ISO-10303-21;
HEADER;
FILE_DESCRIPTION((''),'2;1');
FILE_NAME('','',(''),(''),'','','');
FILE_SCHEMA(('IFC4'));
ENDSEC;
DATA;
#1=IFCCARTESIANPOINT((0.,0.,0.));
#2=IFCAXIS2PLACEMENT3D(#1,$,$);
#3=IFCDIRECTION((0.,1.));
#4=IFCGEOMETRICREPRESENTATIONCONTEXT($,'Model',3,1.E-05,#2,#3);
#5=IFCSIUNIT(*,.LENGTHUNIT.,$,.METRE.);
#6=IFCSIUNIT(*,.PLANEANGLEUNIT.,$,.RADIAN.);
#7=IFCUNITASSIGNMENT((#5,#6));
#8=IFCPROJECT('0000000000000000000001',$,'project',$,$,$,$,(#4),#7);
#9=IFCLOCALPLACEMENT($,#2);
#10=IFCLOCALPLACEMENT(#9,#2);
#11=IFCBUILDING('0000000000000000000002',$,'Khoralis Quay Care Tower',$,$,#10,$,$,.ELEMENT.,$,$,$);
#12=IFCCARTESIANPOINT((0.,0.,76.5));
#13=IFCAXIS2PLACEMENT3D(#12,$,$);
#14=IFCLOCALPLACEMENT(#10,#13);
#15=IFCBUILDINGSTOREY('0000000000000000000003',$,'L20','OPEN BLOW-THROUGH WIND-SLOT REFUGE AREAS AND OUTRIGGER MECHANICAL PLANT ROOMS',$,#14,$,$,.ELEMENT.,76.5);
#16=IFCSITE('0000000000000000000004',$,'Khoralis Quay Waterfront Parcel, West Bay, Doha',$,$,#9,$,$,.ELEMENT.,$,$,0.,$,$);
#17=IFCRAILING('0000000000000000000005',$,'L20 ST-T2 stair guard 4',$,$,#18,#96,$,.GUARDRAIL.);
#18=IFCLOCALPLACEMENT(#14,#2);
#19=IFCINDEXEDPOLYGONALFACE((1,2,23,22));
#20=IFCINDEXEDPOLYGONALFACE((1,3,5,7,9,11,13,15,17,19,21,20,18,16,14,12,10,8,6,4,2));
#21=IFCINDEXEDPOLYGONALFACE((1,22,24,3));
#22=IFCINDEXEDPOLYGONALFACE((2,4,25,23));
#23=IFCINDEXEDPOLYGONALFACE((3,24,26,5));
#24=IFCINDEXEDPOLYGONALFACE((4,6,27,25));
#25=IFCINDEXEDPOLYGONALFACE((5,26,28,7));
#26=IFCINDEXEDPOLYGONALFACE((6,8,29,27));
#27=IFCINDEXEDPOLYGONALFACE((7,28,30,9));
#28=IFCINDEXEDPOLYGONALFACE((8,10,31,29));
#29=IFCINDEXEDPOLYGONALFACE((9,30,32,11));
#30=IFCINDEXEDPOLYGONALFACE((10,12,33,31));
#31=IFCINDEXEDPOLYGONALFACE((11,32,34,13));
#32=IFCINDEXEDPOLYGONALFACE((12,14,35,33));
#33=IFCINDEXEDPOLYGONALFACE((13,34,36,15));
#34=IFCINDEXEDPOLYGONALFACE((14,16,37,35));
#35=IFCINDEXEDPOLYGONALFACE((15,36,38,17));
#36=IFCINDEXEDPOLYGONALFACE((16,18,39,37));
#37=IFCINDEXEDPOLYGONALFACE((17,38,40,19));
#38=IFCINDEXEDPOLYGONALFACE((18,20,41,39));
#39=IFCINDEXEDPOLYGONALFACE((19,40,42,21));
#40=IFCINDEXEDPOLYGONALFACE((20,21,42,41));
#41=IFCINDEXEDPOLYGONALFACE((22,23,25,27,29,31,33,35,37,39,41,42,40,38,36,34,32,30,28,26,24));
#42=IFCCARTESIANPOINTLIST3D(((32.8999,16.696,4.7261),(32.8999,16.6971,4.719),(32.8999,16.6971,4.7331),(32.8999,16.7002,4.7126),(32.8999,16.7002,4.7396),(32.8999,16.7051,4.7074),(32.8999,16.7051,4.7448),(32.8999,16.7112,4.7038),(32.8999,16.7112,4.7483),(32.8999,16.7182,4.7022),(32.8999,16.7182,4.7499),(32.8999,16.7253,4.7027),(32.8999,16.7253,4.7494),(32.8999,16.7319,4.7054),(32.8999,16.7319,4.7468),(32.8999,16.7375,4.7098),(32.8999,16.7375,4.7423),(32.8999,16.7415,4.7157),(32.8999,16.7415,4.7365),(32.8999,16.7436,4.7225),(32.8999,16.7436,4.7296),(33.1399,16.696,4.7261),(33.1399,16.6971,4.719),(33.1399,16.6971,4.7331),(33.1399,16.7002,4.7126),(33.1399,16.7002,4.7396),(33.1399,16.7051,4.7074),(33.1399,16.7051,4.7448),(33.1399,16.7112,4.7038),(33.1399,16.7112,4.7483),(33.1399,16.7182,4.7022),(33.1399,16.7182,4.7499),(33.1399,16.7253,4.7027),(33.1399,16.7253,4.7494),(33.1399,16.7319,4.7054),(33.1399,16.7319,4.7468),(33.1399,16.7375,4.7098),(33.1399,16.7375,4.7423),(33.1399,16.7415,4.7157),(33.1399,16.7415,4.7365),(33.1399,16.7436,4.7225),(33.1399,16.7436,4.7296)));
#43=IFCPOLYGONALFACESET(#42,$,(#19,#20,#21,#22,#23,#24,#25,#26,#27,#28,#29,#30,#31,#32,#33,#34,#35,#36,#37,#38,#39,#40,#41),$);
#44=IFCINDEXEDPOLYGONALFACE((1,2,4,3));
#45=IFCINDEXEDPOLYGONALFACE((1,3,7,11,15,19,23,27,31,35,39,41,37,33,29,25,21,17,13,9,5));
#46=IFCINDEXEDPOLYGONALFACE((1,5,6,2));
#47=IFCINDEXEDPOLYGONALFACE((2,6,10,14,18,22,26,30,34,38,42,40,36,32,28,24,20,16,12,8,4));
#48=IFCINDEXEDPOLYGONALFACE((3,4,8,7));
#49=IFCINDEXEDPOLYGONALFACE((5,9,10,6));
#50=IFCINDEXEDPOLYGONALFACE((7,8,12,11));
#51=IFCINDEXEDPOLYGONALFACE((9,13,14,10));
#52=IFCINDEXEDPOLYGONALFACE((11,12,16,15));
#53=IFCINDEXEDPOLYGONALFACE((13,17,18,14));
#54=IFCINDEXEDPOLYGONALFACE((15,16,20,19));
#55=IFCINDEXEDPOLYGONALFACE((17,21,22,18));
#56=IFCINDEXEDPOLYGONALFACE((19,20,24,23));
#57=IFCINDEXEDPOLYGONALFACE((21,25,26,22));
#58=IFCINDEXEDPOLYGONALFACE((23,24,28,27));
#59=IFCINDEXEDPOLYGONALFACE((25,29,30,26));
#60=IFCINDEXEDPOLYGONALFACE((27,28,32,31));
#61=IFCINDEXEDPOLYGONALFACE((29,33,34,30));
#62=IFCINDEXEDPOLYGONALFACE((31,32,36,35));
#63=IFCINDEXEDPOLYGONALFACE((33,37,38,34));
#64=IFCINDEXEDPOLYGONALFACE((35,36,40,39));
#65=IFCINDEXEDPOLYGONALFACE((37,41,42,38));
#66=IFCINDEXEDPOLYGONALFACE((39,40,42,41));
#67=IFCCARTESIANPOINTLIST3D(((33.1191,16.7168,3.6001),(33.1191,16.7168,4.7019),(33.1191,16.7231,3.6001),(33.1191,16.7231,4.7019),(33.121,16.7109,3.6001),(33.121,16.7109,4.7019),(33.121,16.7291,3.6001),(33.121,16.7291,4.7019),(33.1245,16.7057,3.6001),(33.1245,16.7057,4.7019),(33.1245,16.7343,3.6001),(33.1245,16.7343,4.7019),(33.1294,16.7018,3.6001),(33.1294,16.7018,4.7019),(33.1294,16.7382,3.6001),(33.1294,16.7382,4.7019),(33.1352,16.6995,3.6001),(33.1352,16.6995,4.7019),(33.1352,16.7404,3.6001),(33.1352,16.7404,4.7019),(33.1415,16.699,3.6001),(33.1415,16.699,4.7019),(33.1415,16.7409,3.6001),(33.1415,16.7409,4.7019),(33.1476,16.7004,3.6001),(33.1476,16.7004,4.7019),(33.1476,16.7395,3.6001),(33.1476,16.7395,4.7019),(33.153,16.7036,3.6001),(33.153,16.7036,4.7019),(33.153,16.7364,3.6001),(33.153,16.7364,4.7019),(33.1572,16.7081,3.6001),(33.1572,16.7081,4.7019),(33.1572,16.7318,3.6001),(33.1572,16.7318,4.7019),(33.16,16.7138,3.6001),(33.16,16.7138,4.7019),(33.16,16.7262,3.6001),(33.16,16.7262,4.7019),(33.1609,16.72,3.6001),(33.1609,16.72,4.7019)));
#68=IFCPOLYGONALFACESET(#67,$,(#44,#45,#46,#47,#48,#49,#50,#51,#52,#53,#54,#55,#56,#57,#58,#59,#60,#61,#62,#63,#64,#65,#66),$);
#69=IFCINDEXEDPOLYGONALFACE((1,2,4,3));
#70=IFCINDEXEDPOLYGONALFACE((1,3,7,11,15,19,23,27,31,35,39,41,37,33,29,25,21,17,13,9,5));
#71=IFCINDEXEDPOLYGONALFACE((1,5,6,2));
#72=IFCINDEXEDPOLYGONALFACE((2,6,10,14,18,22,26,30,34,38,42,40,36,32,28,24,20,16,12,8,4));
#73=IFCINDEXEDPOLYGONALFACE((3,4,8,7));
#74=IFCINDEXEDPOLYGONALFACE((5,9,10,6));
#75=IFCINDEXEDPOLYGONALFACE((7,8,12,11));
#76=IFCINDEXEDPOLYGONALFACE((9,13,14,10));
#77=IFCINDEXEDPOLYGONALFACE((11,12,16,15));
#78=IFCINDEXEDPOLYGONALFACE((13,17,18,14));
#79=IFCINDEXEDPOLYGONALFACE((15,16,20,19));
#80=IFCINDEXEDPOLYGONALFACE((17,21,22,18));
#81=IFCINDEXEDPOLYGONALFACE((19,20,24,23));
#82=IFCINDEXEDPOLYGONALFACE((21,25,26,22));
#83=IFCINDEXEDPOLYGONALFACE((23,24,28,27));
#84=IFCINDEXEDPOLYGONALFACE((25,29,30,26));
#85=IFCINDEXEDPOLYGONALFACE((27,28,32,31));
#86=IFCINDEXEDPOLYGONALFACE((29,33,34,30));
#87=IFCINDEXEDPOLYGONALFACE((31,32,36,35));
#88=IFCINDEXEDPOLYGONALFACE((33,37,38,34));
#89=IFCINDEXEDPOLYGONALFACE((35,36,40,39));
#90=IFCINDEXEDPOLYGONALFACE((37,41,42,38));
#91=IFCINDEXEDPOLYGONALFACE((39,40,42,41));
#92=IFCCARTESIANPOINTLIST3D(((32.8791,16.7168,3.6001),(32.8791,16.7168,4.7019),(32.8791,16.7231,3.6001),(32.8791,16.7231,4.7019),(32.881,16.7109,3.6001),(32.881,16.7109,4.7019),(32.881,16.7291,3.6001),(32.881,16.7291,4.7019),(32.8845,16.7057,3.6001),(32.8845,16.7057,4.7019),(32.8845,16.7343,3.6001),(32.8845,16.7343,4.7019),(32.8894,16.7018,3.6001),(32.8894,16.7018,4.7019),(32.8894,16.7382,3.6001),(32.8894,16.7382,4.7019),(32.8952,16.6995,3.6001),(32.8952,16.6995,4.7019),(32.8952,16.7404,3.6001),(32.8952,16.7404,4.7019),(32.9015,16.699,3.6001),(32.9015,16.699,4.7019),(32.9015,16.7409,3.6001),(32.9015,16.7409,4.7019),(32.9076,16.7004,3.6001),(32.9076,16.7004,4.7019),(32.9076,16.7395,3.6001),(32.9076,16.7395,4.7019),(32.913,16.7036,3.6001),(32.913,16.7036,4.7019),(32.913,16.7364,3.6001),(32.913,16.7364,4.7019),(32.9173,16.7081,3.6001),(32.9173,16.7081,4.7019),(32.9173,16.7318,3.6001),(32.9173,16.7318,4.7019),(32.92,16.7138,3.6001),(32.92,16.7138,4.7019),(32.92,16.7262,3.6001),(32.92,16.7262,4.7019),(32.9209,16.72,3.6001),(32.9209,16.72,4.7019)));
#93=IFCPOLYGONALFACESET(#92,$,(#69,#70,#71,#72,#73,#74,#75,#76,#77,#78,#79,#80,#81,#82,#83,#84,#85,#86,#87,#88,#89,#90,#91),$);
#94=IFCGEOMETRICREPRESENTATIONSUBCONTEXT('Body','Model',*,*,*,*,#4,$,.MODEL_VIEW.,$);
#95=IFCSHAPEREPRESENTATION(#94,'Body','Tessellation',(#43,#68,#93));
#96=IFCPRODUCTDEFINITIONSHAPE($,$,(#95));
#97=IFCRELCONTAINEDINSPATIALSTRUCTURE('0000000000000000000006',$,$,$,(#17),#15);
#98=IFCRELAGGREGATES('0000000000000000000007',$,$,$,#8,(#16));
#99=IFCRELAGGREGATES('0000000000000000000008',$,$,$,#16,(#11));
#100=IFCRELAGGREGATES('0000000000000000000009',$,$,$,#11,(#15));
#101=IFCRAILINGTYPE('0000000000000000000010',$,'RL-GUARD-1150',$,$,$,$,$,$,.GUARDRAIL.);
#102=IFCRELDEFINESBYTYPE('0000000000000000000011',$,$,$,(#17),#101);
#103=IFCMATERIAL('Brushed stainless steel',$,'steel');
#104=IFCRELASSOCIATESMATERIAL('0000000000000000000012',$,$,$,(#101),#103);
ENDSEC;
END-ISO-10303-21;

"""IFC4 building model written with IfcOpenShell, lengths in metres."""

from ifc_helpers import new_model, si_unit, direction, frame, origin, origin_2d, place, context, subcontext, project, spatial, circle, extrude, material, type_object, element, save


model = new_model("IFC4")

# Units and contexts
model_context = context("Model", 3, precision=1e-05, world=origin(), true_north=direction((0.0, 1.0)))
body_context = subcontext(model_context, "Body", "Model", "MODEL_VIEW")
ifc_project = project(units=[si_unit("LENGTHUNIT", "METRE"), si_unit("PLANEANGLEUNIT", "RADIAN")], contexts=[model_context])

# Site, building, storey
site_placement = place(None, origin())
site = spatial("IfcSite", under=ifc_project, at=site_placement, Name="Khoralis Quay Waterfront Parcel, West Bay, Doha", CompositionType="ELEMENT", RefElevation=0.0)
building_placement = place(site_placement, origin())
building = spatial("IfcBuilding", under=site, at=building_placement, Name="Khoralis Quay Care Tower", CompositionType="ELEMENT")
storey_placement = place(building_placement, frame((0.0, 0.0, 76.5)))
storey = spatial("IfcBuildingStorey", under=building, at=storey_placement, Name="L20", Description="OPEN BLOW-THROUGH WIND-SLOT REFUGE AREAS AND OUTRIGGER MECHANICAL PLANT ROOMS", CompositionType="ELEMENT", Elevation=76.5)

# Railing
ifc_material_1 = material(Name="Brushed stainless steel", Category="steel")
railing_type_1 = type_object("IfcRailingType", Name="RL-GUARD-1150", PredefinedType="GUARDRAIL", material=ifc_material_1)
railing_1_placement = place(storey_placement, frame((33.1399, 16.72, 3.6001)))
element("IfcRailing", 1, at=railing_1_placement, inside=storey, type_object=railing_type_1, Name="L20 ST-T2 stair guard 4", PredefinedType="GUARDRAIL", context=body_context, shape_type="SweptSolid", body=[
    extrude(circle(Radius=0.0239, at=origin_2d()), frame((0.0, 0.0, 1.126), z_axis=(-1.0, 0.0, 0.0), x_axis=(0.0, -1.0, 0.0)), (0.0, 0.0, 1.0), 0.24),
    extrude(circle(Radius=0.021, at=origin_2d()), origin(), (0.0, 0.0, 1.0), 1.1018),
    extrude(circle(Radius=0.021, at=origin_2d()), frame((-0.24, 0.0, 0.0)), (0.0, 0.0, 1.0), 1.1018),
])

save(model, "model.ifc")
